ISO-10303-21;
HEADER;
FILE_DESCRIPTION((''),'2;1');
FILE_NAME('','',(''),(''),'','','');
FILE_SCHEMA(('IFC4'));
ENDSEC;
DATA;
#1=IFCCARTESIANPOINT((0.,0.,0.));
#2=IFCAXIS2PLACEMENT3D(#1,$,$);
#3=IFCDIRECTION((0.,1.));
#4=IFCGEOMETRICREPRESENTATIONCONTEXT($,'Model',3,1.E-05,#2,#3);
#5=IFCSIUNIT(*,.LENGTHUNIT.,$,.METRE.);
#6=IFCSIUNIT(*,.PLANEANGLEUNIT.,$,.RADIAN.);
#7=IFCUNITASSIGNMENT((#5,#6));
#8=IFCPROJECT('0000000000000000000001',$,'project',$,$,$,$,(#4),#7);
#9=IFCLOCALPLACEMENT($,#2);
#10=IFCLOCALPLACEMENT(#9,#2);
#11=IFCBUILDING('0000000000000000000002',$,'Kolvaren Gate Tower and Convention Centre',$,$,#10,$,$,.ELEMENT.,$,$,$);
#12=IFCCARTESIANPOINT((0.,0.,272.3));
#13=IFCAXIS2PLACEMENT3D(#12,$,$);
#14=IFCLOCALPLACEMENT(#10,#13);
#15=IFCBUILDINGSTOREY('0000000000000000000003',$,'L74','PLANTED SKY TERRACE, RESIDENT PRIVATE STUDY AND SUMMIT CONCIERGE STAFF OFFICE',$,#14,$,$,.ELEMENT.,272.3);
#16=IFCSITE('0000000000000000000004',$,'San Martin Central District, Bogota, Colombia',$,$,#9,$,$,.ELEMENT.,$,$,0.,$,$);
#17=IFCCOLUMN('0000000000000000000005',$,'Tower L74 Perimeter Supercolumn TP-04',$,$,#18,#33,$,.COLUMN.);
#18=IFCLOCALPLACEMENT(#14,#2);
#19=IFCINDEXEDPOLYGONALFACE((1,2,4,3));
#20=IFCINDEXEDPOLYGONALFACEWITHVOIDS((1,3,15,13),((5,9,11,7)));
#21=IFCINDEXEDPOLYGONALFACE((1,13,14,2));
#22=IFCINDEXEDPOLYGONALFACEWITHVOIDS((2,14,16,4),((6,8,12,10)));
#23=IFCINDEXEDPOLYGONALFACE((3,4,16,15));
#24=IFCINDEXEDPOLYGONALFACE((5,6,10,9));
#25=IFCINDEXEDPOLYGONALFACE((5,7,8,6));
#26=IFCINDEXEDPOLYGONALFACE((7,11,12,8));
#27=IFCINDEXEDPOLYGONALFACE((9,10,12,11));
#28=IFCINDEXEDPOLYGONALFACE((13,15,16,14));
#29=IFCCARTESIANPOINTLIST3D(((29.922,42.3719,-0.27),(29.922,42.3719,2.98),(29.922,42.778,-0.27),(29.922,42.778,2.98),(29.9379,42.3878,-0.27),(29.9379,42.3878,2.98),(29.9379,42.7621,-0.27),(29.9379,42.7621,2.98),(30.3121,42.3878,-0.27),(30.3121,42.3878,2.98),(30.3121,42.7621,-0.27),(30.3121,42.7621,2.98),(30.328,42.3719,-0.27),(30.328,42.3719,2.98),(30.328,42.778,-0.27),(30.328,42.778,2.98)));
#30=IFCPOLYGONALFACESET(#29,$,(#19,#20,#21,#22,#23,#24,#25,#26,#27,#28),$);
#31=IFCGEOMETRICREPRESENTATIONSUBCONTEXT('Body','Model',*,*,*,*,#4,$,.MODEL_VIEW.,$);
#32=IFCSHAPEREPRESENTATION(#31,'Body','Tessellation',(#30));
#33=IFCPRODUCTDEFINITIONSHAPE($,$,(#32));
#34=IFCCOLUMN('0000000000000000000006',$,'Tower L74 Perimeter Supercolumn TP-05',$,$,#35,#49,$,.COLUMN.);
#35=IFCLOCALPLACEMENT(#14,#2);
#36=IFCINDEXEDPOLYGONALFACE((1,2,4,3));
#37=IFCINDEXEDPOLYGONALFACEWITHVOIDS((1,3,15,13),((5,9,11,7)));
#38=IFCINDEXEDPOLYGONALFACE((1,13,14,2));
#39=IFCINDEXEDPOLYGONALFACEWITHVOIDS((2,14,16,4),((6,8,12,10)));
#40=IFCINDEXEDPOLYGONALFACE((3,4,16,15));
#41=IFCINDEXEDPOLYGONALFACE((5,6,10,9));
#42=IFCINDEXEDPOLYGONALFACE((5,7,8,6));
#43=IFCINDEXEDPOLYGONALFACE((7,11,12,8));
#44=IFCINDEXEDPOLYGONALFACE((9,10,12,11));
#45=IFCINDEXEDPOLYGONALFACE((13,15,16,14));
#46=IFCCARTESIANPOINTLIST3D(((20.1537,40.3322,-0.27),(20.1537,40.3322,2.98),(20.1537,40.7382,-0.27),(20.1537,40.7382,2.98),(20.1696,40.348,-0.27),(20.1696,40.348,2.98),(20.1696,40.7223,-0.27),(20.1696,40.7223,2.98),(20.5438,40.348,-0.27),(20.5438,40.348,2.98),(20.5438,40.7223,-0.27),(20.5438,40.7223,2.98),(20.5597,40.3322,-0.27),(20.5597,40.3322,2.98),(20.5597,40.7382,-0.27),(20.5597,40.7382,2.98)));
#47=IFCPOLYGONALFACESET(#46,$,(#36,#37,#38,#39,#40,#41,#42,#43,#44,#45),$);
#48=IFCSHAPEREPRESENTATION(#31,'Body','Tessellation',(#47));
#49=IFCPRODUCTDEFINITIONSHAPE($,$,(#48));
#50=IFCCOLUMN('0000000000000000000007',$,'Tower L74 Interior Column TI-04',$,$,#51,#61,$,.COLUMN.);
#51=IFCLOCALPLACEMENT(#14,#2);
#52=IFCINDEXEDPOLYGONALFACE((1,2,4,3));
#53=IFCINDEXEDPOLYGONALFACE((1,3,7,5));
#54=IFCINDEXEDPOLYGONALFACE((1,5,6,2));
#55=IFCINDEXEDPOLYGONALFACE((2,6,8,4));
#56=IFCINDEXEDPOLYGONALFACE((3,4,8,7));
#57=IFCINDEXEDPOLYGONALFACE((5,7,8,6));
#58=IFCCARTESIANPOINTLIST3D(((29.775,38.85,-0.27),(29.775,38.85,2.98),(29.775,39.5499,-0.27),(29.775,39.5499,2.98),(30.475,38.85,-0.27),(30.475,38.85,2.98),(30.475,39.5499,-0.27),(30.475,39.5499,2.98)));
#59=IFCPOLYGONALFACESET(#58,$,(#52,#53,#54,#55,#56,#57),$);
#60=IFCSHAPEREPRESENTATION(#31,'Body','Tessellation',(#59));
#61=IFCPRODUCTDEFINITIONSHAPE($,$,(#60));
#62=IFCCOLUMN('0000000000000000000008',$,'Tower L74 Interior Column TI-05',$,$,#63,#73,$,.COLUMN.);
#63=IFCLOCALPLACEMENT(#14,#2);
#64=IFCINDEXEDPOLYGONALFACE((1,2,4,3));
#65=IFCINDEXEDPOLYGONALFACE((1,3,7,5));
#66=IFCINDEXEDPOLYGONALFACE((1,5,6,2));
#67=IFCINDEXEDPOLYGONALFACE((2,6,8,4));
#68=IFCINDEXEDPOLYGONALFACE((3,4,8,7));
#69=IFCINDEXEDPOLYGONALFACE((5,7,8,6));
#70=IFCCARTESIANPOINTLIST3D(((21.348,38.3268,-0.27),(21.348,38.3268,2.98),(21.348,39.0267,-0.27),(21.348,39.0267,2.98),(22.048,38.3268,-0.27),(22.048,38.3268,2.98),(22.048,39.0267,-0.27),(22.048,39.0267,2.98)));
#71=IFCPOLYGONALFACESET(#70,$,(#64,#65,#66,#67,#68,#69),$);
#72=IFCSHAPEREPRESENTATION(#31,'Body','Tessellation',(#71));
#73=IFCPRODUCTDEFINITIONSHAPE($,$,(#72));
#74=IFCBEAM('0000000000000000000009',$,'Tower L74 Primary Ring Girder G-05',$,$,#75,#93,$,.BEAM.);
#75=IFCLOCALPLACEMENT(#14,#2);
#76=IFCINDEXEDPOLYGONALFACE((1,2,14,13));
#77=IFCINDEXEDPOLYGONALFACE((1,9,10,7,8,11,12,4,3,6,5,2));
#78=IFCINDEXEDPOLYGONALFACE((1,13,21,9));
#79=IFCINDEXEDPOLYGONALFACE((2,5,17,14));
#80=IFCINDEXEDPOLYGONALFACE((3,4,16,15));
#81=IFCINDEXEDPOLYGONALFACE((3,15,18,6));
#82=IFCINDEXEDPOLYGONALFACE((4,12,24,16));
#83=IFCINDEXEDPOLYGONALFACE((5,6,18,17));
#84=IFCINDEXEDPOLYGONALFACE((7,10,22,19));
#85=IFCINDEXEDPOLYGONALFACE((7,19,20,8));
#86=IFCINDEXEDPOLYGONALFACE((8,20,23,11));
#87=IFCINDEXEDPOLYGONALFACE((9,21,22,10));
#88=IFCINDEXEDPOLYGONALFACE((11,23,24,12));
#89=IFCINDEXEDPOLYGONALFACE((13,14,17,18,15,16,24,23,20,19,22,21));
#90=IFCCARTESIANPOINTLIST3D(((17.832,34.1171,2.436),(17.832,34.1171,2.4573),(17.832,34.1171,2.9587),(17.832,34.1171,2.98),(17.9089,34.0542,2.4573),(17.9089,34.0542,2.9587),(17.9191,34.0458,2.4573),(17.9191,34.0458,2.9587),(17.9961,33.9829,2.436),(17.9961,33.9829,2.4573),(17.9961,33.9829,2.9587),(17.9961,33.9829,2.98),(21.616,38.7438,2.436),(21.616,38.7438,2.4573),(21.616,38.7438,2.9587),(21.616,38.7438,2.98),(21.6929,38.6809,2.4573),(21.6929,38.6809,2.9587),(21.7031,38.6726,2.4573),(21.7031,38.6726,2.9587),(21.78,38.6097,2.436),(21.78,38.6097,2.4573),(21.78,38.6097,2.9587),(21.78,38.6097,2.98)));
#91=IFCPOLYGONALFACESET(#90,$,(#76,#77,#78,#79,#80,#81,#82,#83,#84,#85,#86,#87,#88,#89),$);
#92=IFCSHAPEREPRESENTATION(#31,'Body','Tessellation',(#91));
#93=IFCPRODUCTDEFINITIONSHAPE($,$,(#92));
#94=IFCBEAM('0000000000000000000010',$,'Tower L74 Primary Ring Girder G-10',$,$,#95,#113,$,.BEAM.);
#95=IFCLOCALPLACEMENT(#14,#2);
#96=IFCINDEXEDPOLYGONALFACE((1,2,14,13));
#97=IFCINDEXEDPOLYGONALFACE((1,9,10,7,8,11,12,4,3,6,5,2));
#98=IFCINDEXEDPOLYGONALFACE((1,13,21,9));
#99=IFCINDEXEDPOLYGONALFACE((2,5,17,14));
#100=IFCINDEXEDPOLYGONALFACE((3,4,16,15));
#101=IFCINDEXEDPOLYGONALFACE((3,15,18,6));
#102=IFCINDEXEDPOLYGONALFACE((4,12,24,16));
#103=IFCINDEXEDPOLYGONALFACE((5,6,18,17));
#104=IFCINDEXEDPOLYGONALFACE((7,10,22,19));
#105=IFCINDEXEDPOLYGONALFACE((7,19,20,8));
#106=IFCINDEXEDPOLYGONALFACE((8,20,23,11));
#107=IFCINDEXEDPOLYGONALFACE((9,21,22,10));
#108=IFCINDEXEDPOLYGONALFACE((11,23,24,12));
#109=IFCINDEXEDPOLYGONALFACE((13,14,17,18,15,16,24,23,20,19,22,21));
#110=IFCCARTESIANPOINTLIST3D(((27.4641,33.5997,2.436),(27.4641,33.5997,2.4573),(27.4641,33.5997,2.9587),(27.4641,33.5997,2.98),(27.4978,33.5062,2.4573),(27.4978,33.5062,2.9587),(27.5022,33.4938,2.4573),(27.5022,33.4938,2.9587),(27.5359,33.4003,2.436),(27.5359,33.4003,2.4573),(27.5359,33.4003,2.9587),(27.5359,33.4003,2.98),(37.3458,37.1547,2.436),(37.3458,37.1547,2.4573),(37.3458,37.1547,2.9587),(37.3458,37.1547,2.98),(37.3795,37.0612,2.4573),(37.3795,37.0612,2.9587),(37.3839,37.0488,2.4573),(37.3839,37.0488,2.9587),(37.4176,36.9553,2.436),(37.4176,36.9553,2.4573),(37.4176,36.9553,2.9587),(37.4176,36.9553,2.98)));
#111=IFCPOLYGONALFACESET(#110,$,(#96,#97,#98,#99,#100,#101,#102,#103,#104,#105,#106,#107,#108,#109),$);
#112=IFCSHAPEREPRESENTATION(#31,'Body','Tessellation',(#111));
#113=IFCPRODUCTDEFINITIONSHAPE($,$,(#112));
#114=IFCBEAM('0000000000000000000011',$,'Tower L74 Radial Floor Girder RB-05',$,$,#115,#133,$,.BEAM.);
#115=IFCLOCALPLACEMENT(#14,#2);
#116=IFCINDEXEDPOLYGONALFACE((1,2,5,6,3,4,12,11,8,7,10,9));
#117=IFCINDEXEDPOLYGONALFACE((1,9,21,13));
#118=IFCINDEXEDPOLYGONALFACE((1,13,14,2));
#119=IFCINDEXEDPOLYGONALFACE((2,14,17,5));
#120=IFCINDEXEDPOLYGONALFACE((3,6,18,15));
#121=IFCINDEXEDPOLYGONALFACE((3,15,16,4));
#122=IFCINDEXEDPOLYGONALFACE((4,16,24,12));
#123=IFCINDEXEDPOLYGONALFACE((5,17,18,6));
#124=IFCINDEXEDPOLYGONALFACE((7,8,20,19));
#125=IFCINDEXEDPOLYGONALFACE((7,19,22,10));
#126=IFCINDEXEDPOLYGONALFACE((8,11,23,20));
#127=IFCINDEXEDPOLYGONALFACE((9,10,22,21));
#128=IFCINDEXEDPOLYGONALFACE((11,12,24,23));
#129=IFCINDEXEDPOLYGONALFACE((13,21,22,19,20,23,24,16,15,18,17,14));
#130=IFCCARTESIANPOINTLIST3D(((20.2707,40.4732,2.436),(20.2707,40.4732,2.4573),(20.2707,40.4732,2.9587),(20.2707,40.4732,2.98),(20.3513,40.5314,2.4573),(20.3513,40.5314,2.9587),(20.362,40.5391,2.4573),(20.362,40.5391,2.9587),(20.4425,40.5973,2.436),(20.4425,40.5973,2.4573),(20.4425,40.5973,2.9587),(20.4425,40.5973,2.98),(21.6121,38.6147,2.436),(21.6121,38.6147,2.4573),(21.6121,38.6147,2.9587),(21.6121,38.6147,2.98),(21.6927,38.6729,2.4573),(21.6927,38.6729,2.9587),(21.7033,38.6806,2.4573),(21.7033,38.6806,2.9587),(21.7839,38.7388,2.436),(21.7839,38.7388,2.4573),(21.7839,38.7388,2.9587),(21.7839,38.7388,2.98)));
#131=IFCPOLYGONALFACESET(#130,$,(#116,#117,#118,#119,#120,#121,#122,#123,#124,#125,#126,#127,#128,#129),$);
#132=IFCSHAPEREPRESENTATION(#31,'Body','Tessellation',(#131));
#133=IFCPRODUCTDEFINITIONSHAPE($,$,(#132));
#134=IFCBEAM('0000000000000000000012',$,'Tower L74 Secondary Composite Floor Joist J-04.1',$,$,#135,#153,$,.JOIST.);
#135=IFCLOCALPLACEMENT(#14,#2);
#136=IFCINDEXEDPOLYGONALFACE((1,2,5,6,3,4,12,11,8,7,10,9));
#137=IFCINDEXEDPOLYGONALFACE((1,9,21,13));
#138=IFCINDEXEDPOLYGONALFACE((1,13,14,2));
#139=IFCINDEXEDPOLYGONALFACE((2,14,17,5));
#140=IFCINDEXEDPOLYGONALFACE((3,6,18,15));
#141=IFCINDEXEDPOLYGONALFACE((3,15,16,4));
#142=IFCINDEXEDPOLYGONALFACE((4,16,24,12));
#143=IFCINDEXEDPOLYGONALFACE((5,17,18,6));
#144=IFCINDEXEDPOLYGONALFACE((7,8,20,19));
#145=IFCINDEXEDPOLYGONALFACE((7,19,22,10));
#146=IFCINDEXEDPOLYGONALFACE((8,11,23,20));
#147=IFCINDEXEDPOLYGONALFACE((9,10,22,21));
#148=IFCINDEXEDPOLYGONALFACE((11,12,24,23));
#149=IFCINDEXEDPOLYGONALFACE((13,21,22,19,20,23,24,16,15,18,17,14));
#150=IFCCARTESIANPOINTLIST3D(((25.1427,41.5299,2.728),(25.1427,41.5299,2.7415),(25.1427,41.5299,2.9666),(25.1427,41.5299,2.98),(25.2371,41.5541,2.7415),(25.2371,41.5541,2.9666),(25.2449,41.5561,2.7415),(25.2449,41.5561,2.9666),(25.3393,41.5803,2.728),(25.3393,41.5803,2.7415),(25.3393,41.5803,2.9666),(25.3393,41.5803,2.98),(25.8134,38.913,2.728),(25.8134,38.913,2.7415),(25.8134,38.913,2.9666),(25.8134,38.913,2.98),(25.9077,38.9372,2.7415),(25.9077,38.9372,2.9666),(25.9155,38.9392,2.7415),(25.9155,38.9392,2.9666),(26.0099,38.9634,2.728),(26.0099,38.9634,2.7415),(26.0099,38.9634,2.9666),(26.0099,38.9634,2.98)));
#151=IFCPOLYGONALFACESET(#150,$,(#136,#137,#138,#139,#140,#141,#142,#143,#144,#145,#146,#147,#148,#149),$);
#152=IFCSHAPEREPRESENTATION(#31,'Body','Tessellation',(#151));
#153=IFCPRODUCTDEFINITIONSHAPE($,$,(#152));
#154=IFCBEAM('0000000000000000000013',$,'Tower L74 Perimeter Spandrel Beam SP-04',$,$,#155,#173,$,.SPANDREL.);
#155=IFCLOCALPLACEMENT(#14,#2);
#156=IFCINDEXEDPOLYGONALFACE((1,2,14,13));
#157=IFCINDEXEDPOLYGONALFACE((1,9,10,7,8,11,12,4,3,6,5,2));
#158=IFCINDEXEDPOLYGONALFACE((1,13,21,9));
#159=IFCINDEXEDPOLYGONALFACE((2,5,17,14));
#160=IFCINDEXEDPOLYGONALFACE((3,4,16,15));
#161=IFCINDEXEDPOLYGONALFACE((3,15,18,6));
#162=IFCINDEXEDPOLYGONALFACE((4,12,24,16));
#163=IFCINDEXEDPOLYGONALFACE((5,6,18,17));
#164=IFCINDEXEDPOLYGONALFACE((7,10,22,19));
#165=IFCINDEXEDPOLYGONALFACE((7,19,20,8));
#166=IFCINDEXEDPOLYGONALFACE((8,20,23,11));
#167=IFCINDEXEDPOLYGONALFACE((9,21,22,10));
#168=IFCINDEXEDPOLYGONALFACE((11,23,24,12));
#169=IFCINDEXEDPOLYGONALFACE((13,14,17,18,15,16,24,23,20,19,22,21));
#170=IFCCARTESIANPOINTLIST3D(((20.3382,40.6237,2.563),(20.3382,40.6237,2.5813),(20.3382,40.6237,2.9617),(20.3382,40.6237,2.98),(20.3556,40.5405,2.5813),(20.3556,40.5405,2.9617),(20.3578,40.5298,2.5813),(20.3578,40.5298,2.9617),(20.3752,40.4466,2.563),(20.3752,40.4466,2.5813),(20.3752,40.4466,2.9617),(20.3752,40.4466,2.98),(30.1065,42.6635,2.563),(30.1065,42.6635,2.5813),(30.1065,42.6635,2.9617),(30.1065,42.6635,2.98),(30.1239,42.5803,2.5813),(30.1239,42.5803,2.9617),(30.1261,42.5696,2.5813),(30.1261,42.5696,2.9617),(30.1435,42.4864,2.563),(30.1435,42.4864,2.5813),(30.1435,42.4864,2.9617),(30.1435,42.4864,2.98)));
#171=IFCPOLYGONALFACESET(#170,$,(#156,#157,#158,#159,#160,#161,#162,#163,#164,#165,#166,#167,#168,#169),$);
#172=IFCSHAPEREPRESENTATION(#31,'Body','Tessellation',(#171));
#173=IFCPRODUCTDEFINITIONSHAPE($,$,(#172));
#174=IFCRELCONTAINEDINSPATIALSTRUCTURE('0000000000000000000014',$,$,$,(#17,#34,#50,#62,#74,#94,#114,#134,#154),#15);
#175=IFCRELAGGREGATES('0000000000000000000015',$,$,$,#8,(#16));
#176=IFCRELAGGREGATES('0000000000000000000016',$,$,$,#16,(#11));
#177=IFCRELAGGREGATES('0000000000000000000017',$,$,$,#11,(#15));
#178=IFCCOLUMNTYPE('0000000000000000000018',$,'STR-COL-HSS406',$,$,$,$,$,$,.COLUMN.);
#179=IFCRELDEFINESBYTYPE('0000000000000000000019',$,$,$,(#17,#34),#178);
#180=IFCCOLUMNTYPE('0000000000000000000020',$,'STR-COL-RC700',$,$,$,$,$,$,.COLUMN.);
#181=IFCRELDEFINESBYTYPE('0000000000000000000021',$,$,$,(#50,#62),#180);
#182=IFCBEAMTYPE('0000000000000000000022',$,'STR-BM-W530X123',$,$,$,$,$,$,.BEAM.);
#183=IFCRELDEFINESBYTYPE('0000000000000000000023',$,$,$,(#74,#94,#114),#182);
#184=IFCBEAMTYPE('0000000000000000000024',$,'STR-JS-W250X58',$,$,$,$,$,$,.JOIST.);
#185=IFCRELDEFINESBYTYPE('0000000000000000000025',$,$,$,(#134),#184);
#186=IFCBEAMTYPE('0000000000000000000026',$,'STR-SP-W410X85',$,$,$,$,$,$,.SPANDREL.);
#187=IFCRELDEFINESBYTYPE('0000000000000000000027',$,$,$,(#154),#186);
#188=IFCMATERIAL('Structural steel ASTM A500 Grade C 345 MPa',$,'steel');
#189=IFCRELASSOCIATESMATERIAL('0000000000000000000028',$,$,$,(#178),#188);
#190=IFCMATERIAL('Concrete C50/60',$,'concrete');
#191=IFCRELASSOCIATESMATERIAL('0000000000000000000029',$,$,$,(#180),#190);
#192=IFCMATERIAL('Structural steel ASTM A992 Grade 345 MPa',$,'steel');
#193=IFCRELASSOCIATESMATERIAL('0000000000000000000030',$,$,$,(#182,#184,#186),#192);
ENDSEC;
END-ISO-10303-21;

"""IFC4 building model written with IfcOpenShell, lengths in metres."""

from ifc_helpers import new_model, si_unit, direction, frame, origin, origin_2d, place, context, subcontext, project, spatial, rectangle, hollow_rectangle, i_section, extrude, material, material_profile, profile_set, type_object, element, save


model = new_model("IFC4")

# Units and contexts
model_context = context("Model", 3, precision=1e-05, world=origin(), true_north=direction((0.0, 1.0)))
body_context = subcontext(model_context, "Body", "Model", "MODEL_VIEW")
ifc_project = project(units=[si_unit("LENGTHUNIT", "METRE"), si_unit("PLANEANGLEUNIT", "RADIAN")], contexts=[model_context])

# Site, building, storey
site_placement = place(None, origin())
site = spatial("IfcSite", under=ifc_project, at=site_placement, Name="San Martin Central District, Bogota, Colombia", CompositionType="ELEMENT", RefElevation=0.0)
building_placement = place(site_placement, origin())
building = spatial("IfcBuilding", under=site, at=building_placement, Name="Kolvaren Gate Tower and Convention Centre", CompositionType="ELEMENT")
storey_placement = place(building_placement, frame((0.0, 0.0, 272.3)))
storey = spatial("IfcBuildingStorey", under=building, at=storey_placement, Name="L74", Description="PLANTED SKY TERRACE, RESIDENT PRIVATE STUDY AND SUMMIT CONCIERGE STAFF OFFICE", CompositionType="ELEMENT", Elevation=272.3)

# Columns
ifc_material_1 = material(Name="Structural steel ASTM A500 Grade C 345 MPa", Category="steel")
ifc_material_profile_1 = material_profile(ifc_material_1, hollow_rectangle(XDim=0.406, YDim=0.406, WallThickness=0.0159, at=origin_2d()), Name="HSS406X406X15.9")
ifc_profile_set_1 = profile_set([ifc_material_profile_1], Name="Structural steel ASTM A500 Grade C 345 MPa")
column_type_1 = type_object("IfcColumnType", Name="STR-COL-HSS406", PredefinedType="COLUMN", material=ifc_profile_set_1)
for number, where, z_axis, x_axis, name in (
    (1, (30.125, 42.575, -0.27), (0.0, 0.0, 1.0), (1.0, 0.0, 0.0), "Tower L74 Perimeter Supercolumn TP-04"),
    (2, (20.3567, 40.5352, -0.27), (0.0, 0.0, 1.0), (1.0, 0.0, 0.0), "Tower L74 Perimeter Supercolumn TP-05"),
):
    element("IfcColumn", number, at=place(storey_placement, frame(where, z_axis=z_axis, x_axis=x_axis)), inside=storey, type_object=column_type_1, Name=name, PredefinedType="COLUMN", context=body_context, shape_type="SweptSolid", body=[
        extrude(hollow_rectangle(XDim=0.406, YDim=0.406, WallThickness=0.0159, at=origin_2d()), origin(), (0.0, 0.0, 1.0), 3.25),
    ])
ifc_material_2 = material(Name="Concrete C50/60", Category="concrete")
ifc_material_profile_2 = material_profile(ifc_material_2, rectangle(XDim=0.7, YDim=0.7, at=origin_2d()), Name="RC-COL-700X700")
ifc_profile_set_2 = profile_set([ifc_material_profile_2], Name="Concrete C50/60")
column_type_2 = type_object("IfcColumnType", Name="STR-COL-RC700", PredefinedType="COLUMN", material=ifc_profile_set_2)
for number, where, z_axis, x_axis, name in (
    (3, (30.125, 39.2, -0.27), (0.0, 0.0, 1.0), (1.0, 0.0, 0.0), "Tower L74 Interior Column TI-04"),
    (4, (21.698, 38.6768, -0.27), (0.0, 0.0, 1.0), (1.0, 0.0, 0.0), "Tower L74 Interior Column TI-05"),
):
    element("IfcColumn", number, at=place(storey_placement, frame(where, z_axis=z_axis, x_axis=x_axis)), inside=storey, type_object=column_type_2, Name=name, PredefinedType="COLUMN", context=body_context, shape_type="SweptSolid", body=[
        extrude(rectangle(XDim=0.7, YDim=0.7, at=origin_2d()), origin(), (0.0, 0.0, 1.0), 3.25),
    ])

# Beams
ifc_material_3 = material(Name="Structural steel ASTM A992 Grade 345 MPa", Category="steel")
ifc_material_profile_3 = material_profile(ifc_material_3, i_section(OverallWidth=0.2119, OverallDepth=0.5439, WebThickness=0.0132, FlangeThickness=0.0212, at=origin_2d()), Name="W530X123")
ifc_profile_set_3 = profile_set([ifc_material_profile_3], Name="Structural steel ASTM A992 Grade 345 MPa")
beam_type_1 = type_object("IfcBeamType", Name="STR-BM-W530X123", PredefinedType="BEAM", material=ifc_profile_set_3)
beam_1_placement = place(storey_placement, frame((21.698, 38.6768, 2.708), z_axis=(-0.633082, -0.774085, 0.0), x_axis=(0.774085, -0.633082, 0.0)))
element("IfcBeam", 5, at=beam_1_placement, inside=storey, type_object=beam_type_1, Name="Tower L74 Primary Ring Girder G-05", PredefinedType="BEAM", context=body_context, shape_type="SweptSolid", body=[
    extrude(i_section(OverallWidth=0.2119, OverallDepth=0.5439, WebThickness=0.0132, FlangeThickness=0.0212, at=origin_2d()), origin(), (0.0, 0.0, 1.0), 5.9771),
])
beam_2_placement = place(storey_placement, frame((27.5, 33.5, 2.708), z_axis=(0.940961, 0.338514, 0.0), x_axis=(-0.338514, 0.940961, 0.0)))
element("IfcBeam", 6, at=beam_2_placement, inside=storey, type_object=beam_type_1, Name="Tower L74 Primary Ring Girder G-10", PredefinedType="BEAM", context=body_context, shape_type="SweptSolid", body=[
    extrude(i_section(OverallWidth=0.2119, OverallDepth=0.5439, WebThickness=0.0132, FlangeThickness=0.0212, at=origin_2d()), origin(), (0.0, 0.0, 1.0), 10.5017),
])
beam_3_placement = place(storey_placement, frame((21.698, 38.6768, 2.708), z_axis=(-0.585242, 0.810859, 0.0), x_axis=(-0.810859, -0.585242, 0.0)))
element("IfcBeam", 7, at=beam_3_placement, inside=storey, type_object=beam_type_1, Name="Tower L74 Radial Floor Girder RB-05", PredefinedType="BEAM", context=body_context, shape_type="SweptSolid", body=[
    extrude(i_section(OverallWidth=0.2119, OverallDepth=0.5439, WebThickness=0.0132, FlangeThickness=0.0212, at=origin_2d()), origin(), (0.0, 0.0, 1.0), 2.292),
])
ifc_material_profile_4 = material_profile(ifc_material_3, i_section(OverallWidth=0.2029, OverallDepth=0.252, WebThickness=0.0081, FlangeThickness=0.0134, at=origin_2d()), Name="W250X58")
ifc_profile_set_4 = profile_set([ifc_material_profile_4], Name="Structural steel ASTM A992 Grade 345 MPa")
beam_type_2 = type_object("IfcBeamType", Name="STR-JS-W250X58", PredefinedType="JOIST", material=ifc_profile_set_4)
beam_4_placement = place(storey_placement, frame((25.9116, 38.9382, 2.854), z_axis=(-0.248251, 0.968696, 0.0), x_axis=(-0.968696, -0.248251, 0.0)))
element("IfcBeam", 8, at=beam_4_placement, inside=storey, type_object=beam_type_2, Name="Tower L74 Secondary Composite Floor Joist J-04.1", PredefinedType="JOIST", context=body_context, shape_type="SweptSolid", body=[
    extrude(i_section(OverallWidth=0.2029, OverallDepth=0.252, WebThickness=0.0081, FlangeThickness=0.0134, at=origin_2d()), origin(), (0.0, 0.0, 1.0), 2.7014),
])
ifc_material_profile_5 = material_profile(ifc_material_3, i_section(OverallWidth=0.1809, OverallDepth=0.417, WebThickness=0.011, FlangeThickness=0.0183, at=origin_2d()), Name="W410X85")
ifc_profile_set_5 = profile_set([ifc_material_profile_5], Name="Structural steel ASTM A992 Grade 345 MPa")
beam_type_3 = type_object("IfcBeamType", Name="STR-SP-W410X85", PredefinedType="SPANDREL", material=ifc_profile_set_5)
beam_5_placement = place(storey_placement, frame((30.125, 42.575, 2.7715), z_axis=(-0.978886, -0.204409, 0.0), x_axis=(0.204409, -0.978886, 0.0)))
element("IfcBeam", 9, at=beam_5_placement, inside=storey, type_object=beam_type_3, Name="Tower L74 Perimeter Spandrel Beam SP-04", PredefinedType="SPANDREL", context=body_context, shape_type="SweptSolid", body=[
    extrude(i_section(OverallWidth=0.1809, OverallDepth=0.417, WebThickness=0.011, FlangeThickness=0.0183, at=origin_2d()), origin(), (0.0, 0.0, 1.0), 9.979),
])

save(model, "model.ifc")
